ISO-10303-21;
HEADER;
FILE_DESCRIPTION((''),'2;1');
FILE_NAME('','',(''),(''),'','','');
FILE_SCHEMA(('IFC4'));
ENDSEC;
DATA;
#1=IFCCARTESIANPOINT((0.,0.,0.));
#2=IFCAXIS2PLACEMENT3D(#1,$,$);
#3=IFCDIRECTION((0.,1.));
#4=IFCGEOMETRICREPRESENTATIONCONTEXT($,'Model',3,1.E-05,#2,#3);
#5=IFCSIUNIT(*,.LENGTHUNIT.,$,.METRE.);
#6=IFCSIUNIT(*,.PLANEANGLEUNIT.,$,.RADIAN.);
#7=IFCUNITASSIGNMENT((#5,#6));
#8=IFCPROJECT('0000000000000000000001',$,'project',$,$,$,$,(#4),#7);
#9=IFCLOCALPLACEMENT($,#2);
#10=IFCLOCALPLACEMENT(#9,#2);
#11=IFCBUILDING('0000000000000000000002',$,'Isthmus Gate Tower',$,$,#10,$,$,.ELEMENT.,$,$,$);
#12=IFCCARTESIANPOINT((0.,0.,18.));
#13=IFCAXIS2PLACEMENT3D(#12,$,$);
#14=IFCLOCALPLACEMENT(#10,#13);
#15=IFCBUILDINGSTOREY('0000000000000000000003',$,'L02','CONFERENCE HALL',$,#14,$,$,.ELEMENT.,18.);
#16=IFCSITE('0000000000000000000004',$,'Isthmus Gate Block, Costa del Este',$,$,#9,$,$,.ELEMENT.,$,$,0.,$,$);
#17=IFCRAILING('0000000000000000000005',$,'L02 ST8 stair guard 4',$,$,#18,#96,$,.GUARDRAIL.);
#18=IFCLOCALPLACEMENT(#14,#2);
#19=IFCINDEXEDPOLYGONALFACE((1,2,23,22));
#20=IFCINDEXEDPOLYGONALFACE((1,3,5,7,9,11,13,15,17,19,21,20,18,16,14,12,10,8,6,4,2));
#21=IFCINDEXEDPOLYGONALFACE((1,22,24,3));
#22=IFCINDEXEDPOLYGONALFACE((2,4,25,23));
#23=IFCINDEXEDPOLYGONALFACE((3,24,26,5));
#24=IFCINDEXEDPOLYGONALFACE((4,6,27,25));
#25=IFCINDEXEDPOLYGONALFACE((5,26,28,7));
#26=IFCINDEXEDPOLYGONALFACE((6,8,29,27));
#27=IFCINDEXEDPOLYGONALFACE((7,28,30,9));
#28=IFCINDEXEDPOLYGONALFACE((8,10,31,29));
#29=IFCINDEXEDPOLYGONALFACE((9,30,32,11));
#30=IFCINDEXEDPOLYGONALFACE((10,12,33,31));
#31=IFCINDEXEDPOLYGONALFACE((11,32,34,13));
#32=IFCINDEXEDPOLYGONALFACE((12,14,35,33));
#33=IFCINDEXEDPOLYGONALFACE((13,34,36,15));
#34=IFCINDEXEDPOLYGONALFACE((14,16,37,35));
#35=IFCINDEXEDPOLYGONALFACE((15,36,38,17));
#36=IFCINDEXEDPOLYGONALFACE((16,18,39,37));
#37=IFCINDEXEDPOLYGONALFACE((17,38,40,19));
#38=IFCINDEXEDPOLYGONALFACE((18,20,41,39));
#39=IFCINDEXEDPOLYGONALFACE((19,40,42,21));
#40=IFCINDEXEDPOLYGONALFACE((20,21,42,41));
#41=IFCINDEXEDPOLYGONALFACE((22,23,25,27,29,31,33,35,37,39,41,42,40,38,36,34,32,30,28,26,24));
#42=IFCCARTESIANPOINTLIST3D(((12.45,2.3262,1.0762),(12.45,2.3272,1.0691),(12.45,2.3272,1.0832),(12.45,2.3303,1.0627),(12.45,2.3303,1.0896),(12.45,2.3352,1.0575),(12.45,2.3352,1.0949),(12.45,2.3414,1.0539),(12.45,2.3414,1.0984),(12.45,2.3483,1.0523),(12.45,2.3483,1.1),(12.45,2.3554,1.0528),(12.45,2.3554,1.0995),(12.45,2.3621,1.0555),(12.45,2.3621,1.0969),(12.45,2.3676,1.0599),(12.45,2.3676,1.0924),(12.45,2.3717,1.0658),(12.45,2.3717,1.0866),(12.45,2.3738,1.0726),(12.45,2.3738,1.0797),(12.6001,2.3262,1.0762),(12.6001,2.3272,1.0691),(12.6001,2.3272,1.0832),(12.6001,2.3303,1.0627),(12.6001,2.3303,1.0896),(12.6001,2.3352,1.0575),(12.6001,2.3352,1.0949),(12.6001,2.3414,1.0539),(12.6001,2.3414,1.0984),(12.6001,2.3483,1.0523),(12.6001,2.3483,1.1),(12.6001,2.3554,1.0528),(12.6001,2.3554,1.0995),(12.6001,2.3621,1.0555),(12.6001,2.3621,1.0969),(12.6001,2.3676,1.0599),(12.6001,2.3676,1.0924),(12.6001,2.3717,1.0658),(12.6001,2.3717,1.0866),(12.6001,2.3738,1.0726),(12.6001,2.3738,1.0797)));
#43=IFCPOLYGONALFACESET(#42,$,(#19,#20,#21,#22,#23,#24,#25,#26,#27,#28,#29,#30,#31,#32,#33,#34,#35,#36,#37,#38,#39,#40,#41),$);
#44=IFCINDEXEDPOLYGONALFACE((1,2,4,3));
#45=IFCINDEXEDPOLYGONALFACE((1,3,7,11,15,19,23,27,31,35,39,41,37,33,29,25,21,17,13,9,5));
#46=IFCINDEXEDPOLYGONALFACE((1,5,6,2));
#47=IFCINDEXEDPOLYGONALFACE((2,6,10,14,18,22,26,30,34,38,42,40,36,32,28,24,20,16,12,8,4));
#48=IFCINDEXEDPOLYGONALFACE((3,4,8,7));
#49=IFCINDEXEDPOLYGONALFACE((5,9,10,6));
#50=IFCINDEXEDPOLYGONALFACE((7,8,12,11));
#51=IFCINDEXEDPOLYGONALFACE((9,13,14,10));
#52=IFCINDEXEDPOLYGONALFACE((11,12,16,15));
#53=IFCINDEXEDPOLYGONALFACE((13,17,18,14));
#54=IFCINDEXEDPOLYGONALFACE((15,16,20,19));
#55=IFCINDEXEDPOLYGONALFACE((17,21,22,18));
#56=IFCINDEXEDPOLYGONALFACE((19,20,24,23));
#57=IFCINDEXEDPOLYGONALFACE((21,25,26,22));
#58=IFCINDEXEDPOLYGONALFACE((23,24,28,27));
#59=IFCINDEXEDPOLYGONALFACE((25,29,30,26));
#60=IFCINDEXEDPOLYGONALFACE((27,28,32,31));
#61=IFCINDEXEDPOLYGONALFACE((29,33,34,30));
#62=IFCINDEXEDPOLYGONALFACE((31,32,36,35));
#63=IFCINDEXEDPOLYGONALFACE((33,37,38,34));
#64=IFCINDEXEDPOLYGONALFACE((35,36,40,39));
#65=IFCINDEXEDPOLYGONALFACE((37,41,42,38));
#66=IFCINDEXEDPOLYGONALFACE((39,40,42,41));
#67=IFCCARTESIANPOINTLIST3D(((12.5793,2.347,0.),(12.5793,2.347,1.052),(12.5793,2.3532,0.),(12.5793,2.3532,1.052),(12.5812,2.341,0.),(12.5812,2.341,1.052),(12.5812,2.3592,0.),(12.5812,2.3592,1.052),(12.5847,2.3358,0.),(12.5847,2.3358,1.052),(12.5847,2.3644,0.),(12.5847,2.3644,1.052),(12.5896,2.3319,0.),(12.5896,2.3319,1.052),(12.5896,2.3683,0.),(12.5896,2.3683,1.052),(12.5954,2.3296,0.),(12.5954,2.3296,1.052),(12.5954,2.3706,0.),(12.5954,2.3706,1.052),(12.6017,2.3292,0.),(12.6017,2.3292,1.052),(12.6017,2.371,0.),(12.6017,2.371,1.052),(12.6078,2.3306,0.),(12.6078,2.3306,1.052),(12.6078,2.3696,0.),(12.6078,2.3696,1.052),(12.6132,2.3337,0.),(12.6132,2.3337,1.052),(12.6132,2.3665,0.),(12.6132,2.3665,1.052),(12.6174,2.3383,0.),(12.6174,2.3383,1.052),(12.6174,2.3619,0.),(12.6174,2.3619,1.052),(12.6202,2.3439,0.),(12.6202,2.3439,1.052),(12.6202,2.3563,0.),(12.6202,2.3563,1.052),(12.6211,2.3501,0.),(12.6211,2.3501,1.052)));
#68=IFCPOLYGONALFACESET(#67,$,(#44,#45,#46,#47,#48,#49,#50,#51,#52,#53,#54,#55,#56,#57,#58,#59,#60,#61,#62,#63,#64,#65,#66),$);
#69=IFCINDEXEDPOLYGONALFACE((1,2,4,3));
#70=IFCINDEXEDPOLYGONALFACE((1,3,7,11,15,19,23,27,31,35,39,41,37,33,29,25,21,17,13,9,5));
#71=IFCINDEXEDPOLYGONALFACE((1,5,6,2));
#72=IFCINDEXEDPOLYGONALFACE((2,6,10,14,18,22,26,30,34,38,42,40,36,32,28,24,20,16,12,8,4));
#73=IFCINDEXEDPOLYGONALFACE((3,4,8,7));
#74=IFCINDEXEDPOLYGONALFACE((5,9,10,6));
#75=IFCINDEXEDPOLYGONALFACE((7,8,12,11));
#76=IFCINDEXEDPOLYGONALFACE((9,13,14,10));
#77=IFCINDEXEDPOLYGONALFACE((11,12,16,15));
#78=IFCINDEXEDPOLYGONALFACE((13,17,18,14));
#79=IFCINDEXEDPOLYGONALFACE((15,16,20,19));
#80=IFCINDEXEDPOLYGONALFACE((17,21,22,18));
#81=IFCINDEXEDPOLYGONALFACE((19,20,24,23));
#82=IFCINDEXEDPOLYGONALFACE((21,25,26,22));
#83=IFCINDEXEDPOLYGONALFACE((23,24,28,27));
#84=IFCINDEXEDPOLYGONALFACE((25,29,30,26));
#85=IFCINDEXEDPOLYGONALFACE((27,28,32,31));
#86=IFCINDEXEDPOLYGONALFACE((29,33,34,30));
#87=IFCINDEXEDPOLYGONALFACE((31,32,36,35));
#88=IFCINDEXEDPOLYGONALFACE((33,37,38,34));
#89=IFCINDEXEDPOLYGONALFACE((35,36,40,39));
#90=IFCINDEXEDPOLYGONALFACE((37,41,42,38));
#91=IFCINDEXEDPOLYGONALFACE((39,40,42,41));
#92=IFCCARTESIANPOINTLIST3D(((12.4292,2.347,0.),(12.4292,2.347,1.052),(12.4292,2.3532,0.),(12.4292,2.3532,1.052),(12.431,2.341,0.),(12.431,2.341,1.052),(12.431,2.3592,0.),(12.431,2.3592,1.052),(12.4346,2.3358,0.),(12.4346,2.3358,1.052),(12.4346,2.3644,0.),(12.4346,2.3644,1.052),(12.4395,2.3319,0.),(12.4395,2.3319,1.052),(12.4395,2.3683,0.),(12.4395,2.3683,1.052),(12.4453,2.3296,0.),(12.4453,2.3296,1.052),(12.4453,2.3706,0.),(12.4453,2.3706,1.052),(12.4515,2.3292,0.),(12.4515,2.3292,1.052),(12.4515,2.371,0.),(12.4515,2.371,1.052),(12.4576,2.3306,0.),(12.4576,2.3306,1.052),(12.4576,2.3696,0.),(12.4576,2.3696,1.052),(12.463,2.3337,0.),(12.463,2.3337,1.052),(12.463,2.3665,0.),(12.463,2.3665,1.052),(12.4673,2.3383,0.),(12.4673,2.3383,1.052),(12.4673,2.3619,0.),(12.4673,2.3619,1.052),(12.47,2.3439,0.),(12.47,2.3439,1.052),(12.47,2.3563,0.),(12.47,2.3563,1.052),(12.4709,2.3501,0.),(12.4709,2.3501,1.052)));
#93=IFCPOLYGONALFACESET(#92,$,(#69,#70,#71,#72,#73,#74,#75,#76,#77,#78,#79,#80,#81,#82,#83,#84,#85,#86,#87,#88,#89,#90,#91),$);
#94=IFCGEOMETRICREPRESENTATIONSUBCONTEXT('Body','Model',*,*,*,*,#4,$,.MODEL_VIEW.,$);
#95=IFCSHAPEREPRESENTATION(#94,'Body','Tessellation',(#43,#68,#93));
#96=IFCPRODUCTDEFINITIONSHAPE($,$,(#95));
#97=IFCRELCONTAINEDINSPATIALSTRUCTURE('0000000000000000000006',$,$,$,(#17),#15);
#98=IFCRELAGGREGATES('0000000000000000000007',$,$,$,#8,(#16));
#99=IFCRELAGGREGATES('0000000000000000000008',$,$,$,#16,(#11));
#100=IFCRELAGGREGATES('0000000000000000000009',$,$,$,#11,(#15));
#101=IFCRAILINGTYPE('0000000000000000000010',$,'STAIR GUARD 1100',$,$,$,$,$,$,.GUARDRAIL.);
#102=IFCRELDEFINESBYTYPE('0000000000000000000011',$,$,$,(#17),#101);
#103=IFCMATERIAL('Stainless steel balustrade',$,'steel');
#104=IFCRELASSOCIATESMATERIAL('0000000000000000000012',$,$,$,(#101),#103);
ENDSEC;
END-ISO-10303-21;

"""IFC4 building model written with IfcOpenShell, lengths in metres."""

from ifc_helpers import new_model, si_unit, direction, frame, origin, origin_2d, place, context, subcontext, project, spatial, circle, extrude, material, type_object, element, save


model = new_model("IFC4")

# Units and contexts
model_context = context("Model", 3, precision=1e-05, world=origin(), true_north=direction((0.0, 1.0)))
body_context = subcontext(model_context, "Body", "Model", "MODEL_VIEW")
ifc_project = project(units=[si_unit("LENGTHUNIT", "METRE"), si_unit("PLANEANGLEUNIT", "RADIAN")], contexts=[model_context])

# Site, building, storey
site_placement = place(None, origin())
site = spatial("IfcSite", under=ifc_project, at=site_placement, Name="Isthmus Gate Block, Costa del Este", CompositionType="ELEMENT", RefElevation=0.0)
building_placement = place(site_placement, origin())
building = spatial("IfcBuilding", under=site, at=building_placement, Name="Isthmus Gate Tower", CompositionType="ELEMENT")
storey_placement = place(building_placement, frame((0.0, 0.0, 18.0)))
storey = spatial("IfcBuildingStorey", under=building, at=storey_placement, Name="L02", Description="CONFERENCE HALL", CompositionType="ELEMENT", Elevation=18.0)

# Railing
ifc_material_1 = material(Name="Stainless steel balustrade", Category="steel")
railing_type_1 = type_object("IfcRailingType", Name="STAIR GUARD 1100", PredefinedType="GUARDRAIL", material=ifc_material_1)
railing_1_placement = place(storey_placement, frame((12.6001, 2.3501, 0.0)))
element("IfcRailing", 1, at=railing_1_placement, inside=storey, type_object=railing_type_1, Name="L02 ST8 stair guard 4", PredefinedType="GUARDRAIL", context=body_context, shape_type="SweptSolid", body=[
    extrude(circle(Radius=0.0239, at=origin_2d()), frame((0.0, 0.0, 1.0762), z_axis=(-1.0, 0.0, 0.0), x_axis=(0.0, -1.0, 0.0)), (0.0, 0.0, 1.0), 0.1501),
    extrude(circle(Radius=0.021, at=origin_2d()), origin(), (0.0, 0.0, 1.0), 1.052),
    extrude(circle(Radius=0.021, at=origin_2d()), frame((-0.1501, 0.0, 0.0)), (0.0, 0.0, 1.0), 1.052),
])

save(model, "model.ifc")
